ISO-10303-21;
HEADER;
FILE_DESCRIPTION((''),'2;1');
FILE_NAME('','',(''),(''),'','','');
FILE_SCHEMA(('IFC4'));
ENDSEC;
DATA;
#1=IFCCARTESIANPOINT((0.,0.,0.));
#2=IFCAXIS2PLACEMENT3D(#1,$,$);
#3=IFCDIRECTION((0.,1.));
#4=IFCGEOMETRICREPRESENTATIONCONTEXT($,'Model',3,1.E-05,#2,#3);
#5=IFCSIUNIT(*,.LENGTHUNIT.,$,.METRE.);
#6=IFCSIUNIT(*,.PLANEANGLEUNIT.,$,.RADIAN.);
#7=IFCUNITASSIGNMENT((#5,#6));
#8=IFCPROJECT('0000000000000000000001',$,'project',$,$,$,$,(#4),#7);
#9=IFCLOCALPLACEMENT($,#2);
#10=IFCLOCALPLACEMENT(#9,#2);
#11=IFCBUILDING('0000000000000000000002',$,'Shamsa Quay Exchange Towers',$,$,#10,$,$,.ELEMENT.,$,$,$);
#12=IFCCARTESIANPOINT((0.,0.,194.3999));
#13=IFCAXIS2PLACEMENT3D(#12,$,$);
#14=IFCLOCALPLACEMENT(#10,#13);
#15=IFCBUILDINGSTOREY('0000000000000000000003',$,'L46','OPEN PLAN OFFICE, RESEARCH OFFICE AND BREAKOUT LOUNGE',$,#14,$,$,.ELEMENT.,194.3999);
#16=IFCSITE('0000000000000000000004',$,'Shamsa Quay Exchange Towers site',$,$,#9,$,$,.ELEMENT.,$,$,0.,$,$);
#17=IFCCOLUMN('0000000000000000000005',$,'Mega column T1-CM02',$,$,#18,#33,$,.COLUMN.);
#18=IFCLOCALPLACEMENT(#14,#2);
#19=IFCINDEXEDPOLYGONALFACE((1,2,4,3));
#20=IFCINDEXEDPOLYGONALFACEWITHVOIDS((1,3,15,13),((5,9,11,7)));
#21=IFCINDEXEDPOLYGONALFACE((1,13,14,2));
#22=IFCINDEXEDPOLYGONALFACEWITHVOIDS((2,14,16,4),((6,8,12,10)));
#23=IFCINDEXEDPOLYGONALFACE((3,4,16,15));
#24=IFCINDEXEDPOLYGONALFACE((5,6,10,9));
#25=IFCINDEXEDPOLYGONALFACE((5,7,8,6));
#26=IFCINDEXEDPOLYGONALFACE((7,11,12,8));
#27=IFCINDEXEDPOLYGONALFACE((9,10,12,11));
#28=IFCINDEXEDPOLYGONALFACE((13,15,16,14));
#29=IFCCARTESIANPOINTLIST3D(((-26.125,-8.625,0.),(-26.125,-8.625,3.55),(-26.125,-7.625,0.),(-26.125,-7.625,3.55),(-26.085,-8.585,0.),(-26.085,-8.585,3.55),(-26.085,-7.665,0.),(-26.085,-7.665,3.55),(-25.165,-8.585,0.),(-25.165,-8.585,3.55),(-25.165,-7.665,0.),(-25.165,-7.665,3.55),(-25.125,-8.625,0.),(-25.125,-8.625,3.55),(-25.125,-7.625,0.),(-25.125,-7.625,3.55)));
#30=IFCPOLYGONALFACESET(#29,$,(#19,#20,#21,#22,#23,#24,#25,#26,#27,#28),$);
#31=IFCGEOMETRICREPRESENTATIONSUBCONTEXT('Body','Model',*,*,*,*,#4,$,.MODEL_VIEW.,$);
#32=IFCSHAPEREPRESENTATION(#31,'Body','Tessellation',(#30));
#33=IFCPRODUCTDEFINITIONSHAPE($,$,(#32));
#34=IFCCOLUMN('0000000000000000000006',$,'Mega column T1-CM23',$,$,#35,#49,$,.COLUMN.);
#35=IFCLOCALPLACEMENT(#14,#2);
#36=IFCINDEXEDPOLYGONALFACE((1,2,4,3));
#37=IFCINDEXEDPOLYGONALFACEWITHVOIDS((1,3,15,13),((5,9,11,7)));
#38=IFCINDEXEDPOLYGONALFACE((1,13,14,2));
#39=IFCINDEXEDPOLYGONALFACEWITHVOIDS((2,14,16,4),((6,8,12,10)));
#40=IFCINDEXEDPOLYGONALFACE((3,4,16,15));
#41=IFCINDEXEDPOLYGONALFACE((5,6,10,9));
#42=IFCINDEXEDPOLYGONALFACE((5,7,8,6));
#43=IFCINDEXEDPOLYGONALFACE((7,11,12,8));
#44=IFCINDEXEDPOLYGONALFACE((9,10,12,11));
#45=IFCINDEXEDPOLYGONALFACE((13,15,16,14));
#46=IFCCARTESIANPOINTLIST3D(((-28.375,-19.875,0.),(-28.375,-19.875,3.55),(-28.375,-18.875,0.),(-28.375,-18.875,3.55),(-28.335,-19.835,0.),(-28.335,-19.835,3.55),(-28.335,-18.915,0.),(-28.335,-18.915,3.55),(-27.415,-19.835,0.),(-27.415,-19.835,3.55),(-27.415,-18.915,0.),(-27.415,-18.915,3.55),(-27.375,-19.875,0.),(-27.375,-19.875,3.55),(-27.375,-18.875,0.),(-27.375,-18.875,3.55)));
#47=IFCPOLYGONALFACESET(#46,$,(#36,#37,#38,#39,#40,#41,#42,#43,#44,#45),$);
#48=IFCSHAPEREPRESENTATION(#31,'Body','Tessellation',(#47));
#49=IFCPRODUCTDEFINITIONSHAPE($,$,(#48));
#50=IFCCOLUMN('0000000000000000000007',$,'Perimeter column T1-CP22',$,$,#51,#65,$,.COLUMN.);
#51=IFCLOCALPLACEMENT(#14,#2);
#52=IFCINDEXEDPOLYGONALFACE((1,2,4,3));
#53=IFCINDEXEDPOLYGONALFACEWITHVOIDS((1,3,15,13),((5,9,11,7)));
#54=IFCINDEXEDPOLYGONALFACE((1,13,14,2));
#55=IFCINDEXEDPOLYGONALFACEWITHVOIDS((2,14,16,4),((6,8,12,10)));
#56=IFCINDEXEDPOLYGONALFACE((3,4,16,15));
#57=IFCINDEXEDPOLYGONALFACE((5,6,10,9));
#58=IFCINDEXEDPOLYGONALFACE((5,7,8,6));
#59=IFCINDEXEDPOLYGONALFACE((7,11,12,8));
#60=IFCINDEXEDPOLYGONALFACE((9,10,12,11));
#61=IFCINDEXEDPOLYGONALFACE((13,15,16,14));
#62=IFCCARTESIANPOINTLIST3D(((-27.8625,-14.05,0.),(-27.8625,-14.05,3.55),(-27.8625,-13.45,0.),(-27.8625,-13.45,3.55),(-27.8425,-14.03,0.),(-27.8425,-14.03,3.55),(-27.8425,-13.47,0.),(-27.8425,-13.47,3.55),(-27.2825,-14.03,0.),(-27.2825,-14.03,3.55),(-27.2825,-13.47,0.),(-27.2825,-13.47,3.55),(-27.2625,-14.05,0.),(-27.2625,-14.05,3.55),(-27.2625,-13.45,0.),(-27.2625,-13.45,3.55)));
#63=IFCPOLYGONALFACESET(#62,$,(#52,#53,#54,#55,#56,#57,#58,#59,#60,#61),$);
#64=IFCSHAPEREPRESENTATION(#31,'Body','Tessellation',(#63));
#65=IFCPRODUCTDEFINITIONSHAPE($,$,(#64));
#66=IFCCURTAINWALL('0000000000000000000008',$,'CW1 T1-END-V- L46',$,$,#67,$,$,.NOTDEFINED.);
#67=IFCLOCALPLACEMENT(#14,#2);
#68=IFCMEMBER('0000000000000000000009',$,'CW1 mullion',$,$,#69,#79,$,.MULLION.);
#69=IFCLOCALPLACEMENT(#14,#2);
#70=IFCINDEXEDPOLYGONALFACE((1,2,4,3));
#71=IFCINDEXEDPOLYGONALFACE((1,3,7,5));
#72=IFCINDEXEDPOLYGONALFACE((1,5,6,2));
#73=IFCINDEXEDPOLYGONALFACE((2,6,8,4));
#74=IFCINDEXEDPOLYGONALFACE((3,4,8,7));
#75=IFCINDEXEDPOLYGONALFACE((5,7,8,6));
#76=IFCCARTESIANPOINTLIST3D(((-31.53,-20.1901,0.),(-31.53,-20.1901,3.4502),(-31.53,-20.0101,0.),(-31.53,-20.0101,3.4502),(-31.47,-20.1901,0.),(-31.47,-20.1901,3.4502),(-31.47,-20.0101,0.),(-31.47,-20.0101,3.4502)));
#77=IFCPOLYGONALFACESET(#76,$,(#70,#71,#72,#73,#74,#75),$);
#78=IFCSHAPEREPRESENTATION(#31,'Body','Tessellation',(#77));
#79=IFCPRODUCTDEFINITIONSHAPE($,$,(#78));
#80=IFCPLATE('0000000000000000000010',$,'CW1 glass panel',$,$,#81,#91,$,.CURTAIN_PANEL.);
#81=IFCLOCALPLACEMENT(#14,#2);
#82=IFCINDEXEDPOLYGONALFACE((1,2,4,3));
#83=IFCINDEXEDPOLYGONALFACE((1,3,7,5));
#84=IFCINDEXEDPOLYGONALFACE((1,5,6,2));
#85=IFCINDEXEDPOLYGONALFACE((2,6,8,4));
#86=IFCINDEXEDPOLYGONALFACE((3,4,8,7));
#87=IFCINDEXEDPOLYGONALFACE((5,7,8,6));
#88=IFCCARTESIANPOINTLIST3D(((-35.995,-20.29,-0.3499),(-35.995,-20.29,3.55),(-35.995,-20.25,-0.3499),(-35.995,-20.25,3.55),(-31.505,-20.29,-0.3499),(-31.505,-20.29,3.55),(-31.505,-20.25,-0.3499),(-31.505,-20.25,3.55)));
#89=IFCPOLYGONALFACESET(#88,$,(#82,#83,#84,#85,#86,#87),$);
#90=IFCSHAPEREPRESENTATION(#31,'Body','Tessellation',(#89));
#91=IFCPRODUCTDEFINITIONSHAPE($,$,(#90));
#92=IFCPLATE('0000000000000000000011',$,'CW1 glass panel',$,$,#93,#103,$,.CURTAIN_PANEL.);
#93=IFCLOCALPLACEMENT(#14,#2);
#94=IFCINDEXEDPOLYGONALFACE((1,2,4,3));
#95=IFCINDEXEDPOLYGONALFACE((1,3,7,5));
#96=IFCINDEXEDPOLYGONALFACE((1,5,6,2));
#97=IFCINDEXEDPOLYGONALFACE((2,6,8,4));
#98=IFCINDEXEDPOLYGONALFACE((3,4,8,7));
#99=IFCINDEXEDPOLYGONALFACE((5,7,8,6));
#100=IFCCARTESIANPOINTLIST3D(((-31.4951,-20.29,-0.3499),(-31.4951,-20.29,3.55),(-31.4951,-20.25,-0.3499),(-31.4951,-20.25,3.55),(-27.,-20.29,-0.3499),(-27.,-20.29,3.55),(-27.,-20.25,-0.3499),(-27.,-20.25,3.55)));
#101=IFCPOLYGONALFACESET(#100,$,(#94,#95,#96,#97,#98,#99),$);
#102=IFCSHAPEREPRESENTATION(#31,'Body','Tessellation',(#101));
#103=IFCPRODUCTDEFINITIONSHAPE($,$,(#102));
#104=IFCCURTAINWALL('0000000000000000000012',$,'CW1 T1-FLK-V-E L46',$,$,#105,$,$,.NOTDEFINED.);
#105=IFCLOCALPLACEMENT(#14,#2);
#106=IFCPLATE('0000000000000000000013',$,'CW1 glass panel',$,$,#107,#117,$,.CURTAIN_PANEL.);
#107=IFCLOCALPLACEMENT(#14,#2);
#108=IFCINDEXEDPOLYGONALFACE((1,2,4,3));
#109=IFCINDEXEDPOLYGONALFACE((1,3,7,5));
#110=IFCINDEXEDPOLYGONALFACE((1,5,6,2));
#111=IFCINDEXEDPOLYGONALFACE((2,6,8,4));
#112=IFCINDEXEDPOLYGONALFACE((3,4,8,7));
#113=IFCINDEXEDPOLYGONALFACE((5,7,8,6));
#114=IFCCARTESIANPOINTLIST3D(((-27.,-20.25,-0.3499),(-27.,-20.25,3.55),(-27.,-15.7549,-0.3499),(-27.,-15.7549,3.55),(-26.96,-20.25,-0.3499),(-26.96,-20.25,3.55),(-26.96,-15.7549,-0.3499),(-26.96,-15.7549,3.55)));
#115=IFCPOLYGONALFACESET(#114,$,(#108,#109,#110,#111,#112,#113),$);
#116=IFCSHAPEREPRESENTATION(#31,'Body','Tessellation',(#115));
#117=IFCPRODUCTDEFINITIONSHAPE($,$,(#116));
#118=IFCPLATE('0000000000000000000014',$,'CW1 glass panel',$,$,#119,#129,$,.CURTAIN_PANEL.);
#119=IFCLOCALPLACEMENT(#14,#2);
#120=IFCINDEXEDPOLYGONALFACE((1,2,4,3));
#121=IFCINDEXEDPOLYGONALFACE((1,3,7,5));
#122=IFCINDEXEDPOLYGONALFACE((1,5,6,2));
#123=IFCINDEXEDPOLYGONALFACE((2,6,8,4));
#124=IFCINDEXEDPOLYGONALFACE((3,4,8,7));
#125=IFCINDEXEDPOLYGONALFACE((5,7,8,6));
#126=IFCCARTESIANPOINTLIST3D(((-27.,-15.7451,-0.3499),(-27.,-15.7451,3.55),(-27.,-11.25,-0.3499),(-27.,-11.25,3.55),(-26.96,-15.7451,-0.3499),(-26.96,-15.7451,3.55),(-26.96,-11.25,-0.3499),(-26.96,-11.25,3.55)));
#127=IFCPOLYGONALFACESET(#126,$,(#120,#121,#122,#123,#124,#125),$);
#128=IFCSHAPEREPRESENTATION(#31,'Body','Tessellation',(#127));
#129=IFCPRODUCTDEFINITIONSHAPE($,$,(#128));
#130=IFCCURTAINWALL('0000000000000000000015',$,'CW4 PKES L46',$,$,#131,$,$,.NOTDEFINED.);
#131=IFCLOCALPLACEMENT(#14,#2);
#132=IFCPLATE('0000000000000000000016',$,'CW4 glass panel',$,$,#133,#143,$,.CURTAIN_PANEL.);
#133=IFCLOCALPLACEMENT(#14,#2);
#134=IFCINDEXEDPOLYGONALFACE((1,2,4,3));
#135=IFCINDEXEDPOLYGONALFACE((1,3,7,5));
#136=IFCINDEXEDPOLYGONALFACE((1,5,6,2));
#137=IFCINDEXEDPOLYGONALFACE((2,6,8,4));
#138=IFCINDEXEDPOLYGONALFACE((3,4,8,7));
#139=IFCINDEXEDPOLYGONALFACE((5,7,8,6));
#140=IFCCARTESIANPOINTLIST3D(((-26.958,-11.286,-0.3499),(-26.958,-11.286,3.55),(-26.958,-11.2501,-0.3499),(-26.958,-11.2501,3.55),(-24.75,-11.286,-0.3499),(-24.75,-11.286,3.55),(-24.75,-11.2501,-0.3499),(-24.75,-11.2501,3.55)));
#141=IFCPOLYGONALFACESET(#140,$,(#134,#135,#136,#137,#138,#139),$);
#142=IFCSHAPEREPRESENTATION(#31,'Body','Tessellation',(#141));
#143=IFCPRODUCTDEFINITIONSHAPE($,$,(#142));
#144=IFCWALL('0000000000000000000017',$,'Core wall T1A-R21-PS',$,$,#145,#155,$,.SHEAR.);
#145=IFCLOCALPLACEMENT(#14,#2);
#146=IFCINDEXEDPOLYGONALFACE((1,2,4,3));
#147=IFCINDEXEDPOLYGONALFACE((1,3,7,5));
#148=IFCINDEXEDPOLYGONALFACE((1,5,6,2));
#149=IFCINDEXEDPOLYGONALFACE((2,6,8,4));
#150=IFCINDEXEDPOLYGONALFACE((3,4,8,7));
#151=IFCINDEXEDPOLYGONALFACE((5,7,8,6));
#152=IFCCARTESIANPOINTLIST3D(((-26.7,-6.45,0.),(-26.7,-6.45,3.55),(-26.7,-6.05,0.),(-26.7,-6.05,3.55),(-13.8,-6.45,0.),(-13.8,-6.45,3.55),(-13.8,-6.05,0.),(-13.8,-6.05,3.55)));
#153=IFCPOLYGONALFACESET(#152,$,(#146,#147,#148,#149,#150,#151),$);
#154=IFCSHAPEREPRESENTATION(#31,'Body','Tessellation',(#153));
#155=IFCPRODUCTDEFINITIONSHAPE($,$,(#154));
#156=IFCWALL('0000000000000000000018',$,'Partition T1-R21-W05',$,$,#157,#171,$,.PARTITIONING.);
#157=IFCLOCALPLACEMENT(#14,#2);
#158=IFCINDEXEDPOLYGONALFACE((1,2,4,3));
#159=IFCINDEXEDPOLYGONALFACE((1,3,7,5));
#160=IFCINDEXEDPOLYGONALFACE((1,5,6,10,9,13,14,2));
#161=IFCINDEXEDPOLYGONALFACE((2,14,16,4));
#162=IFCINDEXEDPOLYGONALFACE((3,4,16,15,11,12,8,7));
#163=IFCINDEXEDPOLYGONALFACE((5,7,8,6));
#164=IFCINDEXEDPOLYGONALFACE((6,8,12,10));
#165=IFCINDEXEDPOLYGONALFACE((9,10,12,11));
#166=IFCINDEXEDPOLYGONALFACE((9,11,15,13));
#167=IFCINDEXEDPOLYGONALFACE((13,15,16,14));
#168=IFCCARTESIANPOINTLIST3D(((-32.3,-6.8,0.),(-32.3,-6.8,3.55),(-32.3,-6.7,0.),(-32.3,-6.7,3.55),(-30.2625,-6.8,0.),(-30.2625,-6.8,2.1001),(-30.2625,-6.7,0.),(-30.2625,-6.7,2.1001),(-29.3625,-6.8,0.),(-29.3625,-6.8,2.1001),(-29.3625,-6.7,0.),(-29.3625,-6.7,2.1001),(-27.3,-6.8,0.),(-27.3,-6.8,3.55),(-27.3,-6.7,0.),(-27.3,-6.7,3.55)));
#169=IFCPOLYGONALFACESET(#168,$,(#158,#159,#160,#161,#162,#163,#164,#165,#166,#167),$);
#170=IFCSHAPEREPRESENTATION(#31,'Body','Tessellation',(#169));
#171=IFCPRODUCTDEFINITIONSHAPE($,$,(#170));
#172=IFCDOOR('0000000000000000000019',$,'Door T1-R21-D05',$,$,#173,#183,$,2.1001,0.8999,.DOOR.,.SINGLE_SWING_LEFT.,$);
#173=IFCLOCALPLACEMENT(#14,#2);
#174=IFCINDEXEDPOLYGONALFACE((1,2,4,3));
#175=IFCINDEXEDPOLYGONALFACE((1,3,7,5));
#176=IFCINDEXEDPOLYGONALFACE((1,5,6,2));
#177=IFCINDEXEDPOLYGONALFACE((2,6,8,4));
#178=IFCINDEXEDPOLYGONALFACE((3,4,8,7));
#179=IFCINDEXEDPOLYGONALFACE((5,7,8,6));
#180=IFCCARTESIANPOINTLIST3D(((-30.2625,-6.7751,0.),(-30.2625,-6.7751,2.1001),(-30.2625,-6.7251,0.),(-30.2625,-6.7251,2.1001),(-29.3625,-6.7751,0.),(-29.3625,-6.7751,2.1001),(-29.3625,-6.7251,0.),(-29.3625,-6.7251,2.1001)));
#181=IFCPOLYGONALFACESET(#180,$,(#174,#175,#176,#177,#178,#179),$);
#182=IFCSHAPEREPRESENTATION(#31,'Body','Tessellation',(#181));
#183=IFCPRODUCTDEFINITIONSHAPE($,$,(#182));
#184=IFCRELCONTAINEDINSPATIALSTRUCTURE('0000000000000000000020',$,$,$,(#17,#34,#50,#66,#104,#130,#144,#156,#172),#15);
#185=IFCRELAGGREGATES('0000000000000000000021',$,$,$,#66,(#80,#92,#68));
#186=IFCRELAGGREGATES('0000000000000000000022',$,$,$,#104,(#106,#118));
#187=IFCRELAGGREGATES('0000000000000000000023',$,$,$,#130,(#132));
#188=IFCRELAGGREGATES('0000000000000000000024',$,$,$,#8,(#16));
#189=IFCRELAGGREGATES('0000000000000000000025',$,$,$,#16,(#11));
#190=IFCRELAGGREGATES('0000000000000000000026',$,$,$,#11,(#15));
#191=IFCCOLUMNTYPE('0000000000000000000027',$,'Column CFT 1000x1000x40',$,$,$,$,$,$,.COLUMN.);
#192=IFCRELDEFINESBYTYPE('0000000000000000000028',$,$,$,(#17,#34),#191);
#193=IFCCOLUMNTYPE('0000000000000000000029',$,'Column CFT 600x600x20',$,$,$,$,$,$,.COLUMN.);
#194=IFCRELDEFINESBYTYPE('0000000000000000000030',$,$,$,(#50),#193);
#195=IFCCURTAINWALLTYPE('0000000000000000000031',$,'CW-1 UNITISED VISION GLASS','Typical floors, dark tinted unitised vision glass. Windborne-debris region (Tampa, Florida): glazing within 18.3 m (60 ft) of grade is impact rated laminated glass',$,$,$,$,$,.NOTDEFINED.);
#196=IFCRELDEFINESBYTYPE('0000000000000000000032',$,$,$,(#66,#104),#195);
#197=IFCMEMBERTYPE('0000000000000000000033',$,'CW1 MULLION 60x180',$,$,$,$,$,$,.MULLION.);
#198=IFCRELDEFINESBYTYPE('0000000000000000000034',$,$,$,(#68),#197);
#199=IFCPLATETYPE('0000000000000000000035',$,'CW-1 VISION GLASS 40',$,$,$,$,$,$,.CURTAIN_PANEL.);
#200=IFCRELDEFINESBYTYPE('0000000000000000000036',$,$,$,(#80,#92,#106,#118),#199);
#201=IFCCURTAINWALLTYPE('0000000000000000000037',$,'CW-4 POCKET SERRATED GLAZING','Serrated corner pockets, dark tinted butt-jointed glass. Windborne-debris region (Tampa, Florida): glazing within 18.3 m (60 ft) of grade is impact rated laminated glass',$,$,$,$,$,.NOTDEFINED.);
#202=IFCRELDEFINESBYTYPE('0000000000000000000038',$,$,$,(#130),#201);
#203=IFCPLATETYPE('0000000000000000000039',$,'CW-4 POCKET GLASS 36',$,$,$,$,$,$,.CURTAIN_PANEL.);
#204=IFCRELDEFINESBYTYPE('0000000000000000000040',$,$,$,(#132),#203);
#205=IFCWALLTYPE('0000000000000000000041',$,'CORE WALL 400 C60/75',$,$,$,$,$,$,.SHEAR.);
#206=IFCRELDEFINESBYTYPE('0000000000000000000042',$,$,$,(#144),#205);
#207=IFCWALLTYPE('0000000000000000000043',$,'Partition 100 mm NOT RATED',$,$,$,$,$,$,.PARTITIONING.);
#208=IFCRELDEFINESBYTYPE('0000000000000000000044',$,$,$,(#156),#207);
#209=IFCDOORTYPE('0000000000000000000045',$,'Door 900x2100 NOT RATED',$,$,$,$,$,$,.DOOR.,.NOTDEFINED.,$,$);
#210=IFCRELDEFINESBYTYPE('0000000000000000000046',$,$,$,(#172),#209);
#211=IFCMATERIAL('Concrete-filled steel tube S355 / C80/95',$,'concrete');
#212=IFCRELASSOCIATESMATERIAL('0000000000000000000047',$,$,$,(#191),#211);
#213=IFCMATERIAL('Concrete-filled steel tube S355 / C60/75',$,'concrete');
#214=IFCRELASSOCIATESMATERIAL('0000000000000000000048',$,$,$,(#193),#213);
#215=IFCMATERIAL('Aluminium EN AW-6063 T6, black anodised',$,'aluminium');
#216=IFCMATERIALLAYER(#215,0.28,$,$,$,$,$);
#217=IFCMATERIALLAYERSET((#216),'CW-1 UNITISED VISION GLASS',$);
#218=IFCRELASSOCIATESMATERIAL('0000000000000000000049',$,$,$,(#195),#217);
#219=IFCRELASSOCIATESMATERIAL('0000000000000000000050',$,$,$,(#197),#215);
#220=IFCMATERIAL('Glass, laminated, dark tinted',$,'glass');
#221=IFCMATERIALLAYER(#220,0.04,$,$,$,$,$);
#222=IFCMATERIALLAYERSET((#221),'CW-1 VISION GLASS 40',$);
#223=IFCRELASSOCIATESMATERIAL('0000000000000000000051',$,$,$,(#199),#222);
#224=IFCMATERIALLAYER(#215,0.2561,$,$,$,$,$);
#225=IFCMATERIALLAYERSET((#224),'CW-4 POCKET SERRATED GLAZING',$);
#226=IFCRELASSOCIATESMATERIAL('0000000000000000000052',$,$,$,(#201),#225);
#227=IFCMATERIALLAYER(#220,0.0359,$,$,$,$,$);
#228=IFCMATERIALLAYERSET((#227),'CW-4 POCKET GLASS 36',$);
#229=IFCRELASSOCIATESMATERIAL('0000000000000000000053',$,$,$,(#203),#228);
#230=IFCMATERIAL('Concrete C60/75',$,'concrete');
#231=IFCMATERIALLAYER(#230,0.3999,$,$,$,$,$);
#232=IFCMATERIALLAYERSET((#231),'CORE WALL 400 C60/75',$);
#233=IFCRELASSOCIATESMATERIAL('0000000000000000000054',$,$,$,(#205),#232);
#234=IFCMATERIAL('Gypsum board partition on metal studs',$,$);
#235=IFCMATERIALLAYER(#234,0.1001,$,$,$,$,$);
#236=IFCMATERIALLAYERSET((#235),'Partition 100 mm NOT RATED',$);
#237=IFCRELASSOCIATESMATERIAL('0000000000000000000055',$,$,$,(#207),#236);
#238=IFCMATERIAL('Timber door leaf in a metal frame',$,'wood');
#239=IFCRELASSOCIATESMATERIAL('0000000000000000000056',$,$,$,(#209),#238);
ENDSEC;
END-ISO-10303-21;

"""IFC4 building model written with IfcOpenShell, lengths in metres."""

from ifc_helpers import new_model, si_unit, direction, frame, frame_2d, origin, origin_2d, place, context, subcontext, project, spatial, rectangle, hollow_rectangle, extrude, material, layer, layer_set, material_profile, profile_set, type_object, element, fill, aggregate, save


model = new_model("IFC4")

# Units and contexts
model_context = context("Model", 3, precision=1e-05, world=origin(), true_north=direction((0.0, 1.0)))
body_context = subcontext(model_context, "Body", "Model", "MODEL_VIEW")
ifc_project = project(units=[si_unit("LENGTHUNIT", "METRE"), si_unit("PLANEANGLEUNIT", "RADIAN")], contexts=[model_context])

# Site, building, storey
site_placement = place(None, origin())
site = spatial("IfcSite", under=ifc_project, at=site_placement, Name="Shamsa Quay Exchange Towers site", CompositionType="ELEMENT", RefElevation=0.0)
building_placement = place(site_placement, origin())
building = spatial("IfcBuilding", under=site, at=building_placement, Name="Shamsa Quay Exchange Towers", CompositionType="ELEMENT")
storey_placement = place(building_placement, frame((0.0, 0.0, 194.3999)))
storey = spatial("IfcBuildingStorey", under=building, at=storey_placement, Name="L46", Description="OPEN PLAN OFFICE, RESEARCH OFFICE AND BREAKOUT LOUNGE", CompositionType="ELEMENT", Elevation=194.3999)

# Columns
ifc_material_1 = material(Name="Concrete-filled steel tube S355 / C80/95", Category="concrete")
ifc_material_profile_1 = material_profile(ifc_material_1, hollow_rectangle(XDim=1.0, YDim=1.0, WallThickness=0.04, at=origin_2d()), Name="CFT 1000x1000x40")
ifc_profile_set_1 = profile_set([ifc_material_profile_1], Name="Concrete-filled steel tube S355 / C80/95")
column_type_1 = type_object("IfcColumnType", Name="Column CFT 1000x1000x40", PredefinedType="COLUMN", material=ifc_profile_set_1)
for number, where, name in (
    (1, (-25.625, -8.125, 0.0), "Mega column T1-CM02"),
    (2, (-27.875, -19.375, 0.0), "Mega column T1-CM23"),
):
    element("IfcColumn", number, at=place(storey_placement, frame(where)), inside=storey, type_object=column_type_1, Name=name, PredefinedType="COLUMN", context=body_context, shape_type="SweptSolid", body=[
        extrude(hollow_rectangle(XDim=1.0, YDim=1.0, WallThickness=0.04, at=origin_2d()), origin(), (0.0, 0.0, 1.0), 3.55),
    ])
ifc_material_2 = material(Name="Concrete-filled steel tube S355 / C60/75", Category="concrete")
ifc_material_profile_2 = material_profile(ifc_material_2, hollow_rectangle(XDim=0.6001, YDim=0.6001, WallThickness=0.02, at=origin_2d()), Name="CFT 600x600x20")
ifc_profile_set_2 = profile_set([ifc_material_profile_2], Name="Concrete-filled steel tube S355 / C60/75")
column_type_2 = type_object("IfcColumnType", Name="Column CFT 600x600x20", PredefinedType="COLUMN", material=ifc_profile_set_2)
column_placement = place(storey_placement, frame((-27.5625, -13.75, 0.0)))
element("IfcColumn", 3, at=column_placement, inside=storey, type_object=column_type_2, Name="Perimeter column T1-CP22", PredefinedType="COLUMN", context=body_context, shape_type="SweptSolid", body=[
    extrude(hollow_rectangle(XDim=0.6001, YDim=0.6001, WallThickness=0.02, at=origin_2d()), origin(), (0.0, 0.0, 1.0), 3.55),
])

# Curtain wall, member, plates
ifc_material_3 = material(Name="Aluminium EN AW-6063 T6, black anodised", Category="aluminium")
ifc_layer_1 = layer(ifc_material_3, 0.28)
ifc_layer_set_1 = layer_set([ifc_layer_1], Name="CW-1 UNITISED VISION GLASS")
curtain_wall_type_1 = type_object("IfcCurtainWallType", Name="CW-1 UNITISED VISION GLASS", Description="Typical floors, dark tinted unitised vision glass. Windborne-debris region (Tampa, Florida): glazing within 18.3 m (60 ft) of grade is impact rated laminated glass", PredefinedType="NOTDEFINED", material=ifc_layer_set_1)
curtain_wall_1_placement = place(storey_placement, origin())
curtain_wall_1 = element("IfcCurtainWall", 4, at=curtain_wall_1_placement, inside=storey, type_object=curtain_wall_type_1, Name="CW1 T1-END-V- L46", PredefinedType="NOTDEFINED")
ifc_material_profile_3 = material_profile(ifc_material_3, rectangle(XDim=0.1799, YDim=0.0601, at=origin_2d()), Name="MU60x180")
ifc_profile_set_3 = profile_set([ifc_material_profile_3], Name="Aluminium EN AW-6063 T6, black anodised")
member_type = type_object("IfcMemberType", Name="CW1 MULLION 60x180", PredefinedType="MULLION", material=ifc_profile_set_3)
member_placement = place(storey_placement, frame((-31.5, -20.1001, 0.0), z_axis=(0.0, 0.0, 1.0), x_axis=(0.0, 1.0, 0.0)))
member = element("IfcMember", 5, at=member_placement, type_object=member_type, Name="CW1 mullion", PredefinedType="MULLION", context=body_context, shape_type="SweptSolid", body=[
    extrude(rectangle(XDim=0.1799, YDim=0.0601, at=origin_2d()), origin(), (0.0, 0.0, 1.0), 3.4502),
])
ifc_material_4 = material(Name="Glass, laminated, dark tinted", Category="glass")
ifc_layer_2 = layer(ifc_material_4, 0.04)
ifc_layer_set_2 = layer_set([ifc_layer_2], Name="CW-1 VISION GLASS 40")
plate_type_1 = type_object("IfcPlateType", Name="CW-1 VISION GLASS 40", PredefinedType="CURTAIN_PANEL", material=ifc_layer_set_2)
plate_1_placement = place(storey_placement, frame((-33.75, -20.27, -0.3499)))
plate_1 = element("IfcPlate", 6, at=plate_1_placement, type_object=plate_type_1, Name="CW1 glass panel", PredefinedType="CURTAIN_PANEL", context=body_context, shape_type="SweptSolid", body=[
    extrude(rectangle(XDim=4.49, YDim=0.04, at=origin_2d()), origin(), (0.0, 0.0, 1.0), 3.8999),
])
plate_2_placement = place(storey_placement, frame((-29.2476, -20.27, -0.3499)))
plate_2 = element("IfcPlate", 7, at=plate_2_placement, type_object=plate_type_1, Name="CW1 glass panel", PredefinedType="CURTAIN_PANEL", context=body_context, shape_type="SweptSolid", body=[
    extrude(rectangle(XDim=4.4951, YDim=0.04, at=origin_2d()), origin(), (0.0, 0.0, 1.0), 3.8999),
])
aggregate(curtain_wall_1, [plate_1, plate_2, member])

# Curtain wall, plates
curtain_wall_2_placement = place(storey_placement, origin())
curtain_wall_2 = element("IfcCurtainWall", 8, at=curtain_wall_2_placement, inside=storey, type_object=curtain_wall_type_1, Name="CW1 T1-FLK-V-E L46", PredefinedType="NOTDEFINED")
plate_3_placement = place(storey_placement, frame((-26.98, -18.0024, -0.3499), z_axis=(0.0, 0.0, 1.0), x_axis=(0.0, 1.0, 0.0)))
plate_3 = element("IfcPlate", 9, at=plate_3_placement, type_object=plate_type_1, Name="CW1 glass panel", PredefinedType="CURTAIN_PANEL", context=body_context, shape_type="SweptSolid", body=[
    extrude(rectangle(XDim=4.4951, YDim=0.04, at=origin_2d()), origin(), (0.0, 0.0, 1.0), 3.8999),
])
plate_4_placement = place(storey_placement, frame((-26.98, -13.4976, -0.3499), z_axis=(0.0, 0.0, 1.0), x_axis=(0.0, 1.0, 0.0)))
plate_4 = element("IfcPlate", 10, at=plate_4_placement, type_object=plate_type_1, Name="CW1 glass panel", PredefinedType="CURTAIN_PANEL", context=body_context, shape_type="SweptSolid", body=[
    extrude(rectangle(XDim=4.4951, YDim=0.04, at=origin_2d()), origin(), (0.0, 0.0, 1.0), 3.8999),
])
aggregate(curtain_wall_2, [plate_3, plate_4])

# Curtain wall, plate
ifc_layer_3 = layer(ifc_material_3, 0.2561)
ifc_layer_set_3 = layer_set([ifc_layer_3], Name="CW-4 POCKET SERRATED GLAZING")
curtain_wall_type_2 = type_object("IfcCurtainWallType", Name="CW-4 POCKET SERRATED GLAZING", Description="Serrated corner pockets, dark tinted butt-jointed glass. Windborne-debris region (Tampa, Florida): glazing within 18.3 m (60 ft) of grade is impact rated laminated glass", PredefinedType="NOTDEFINED", material=ifc_layer_set_3)
curtain_wall_3_placement = place(storey_placement, origin())
curtain_wall_3 = element("IfcCurtainWall", 11, at=curtain_wall_3_placement, inside=storey, type_object=curtain_wall_type_2, Name="CW4 PKES L46", PredefinedType="NOTDEFINED")
ifc_layer_4 = layer(ifc_material_4, 0.0359)
ifc_layer_set_4 = layer_set([ifc_layer_4], Name="CW-4 POCKET GLASS 36")
plate_type_2 = type_object("IfcPlateType", Name="CW-4 POCKET GLASS 36", PredefinedType="CURTAIN_PANEL", material=ifc_layer_set_4)
plate_5_placement = place(storey_placement, frame((-25.854, -11.2681, -0.3499)))
plate_5 = element("IfcPlate", 12, at=plate_5_placement, type_object=plate_type_2, Name="CW4 glass panel", PredefinedType="CURTAIN_PANEL", context=body_context, shape_type="SweptSolid", body=[
    extrude(rectangle(XDim=2.208, YDim=0.0359, at=origin_2d()), origin(), (0.0, 0.0, 1.0), 3.8999),
])
aggregate(curtain_wall_3, [plate_5])

# Wall
ifc_material_5 = material(Name="Concrete C60/75", Category="concrete")
ifc_layer_5 = layer(ifc_material_5, 0.3999)
ifc_layer_set_5 = layer_set([ifc_layer_5], Name="CORE WALL 400 C60/75")
wall_type_1 = type_object("IfcWallType", Name="CORE WALL 400 C60/75", PredefinedType="SHEAR", material=ifc_layer_set_5)
wall_1_placement = place(storey_placement, frame((-26.7, -6.25, 0.0)))
element("IfcWall", 13, at=wall_1_placement, inside=storey, type_object=wall_type_1, Name="Core wall T1A-R21-PS", PredefinedType="SHEAR", context=body_context, shape_type="SweptSolid", body=[
    extrude(rectangle(XDim=12.8999, YDim=0.3999, at=frame_2d((6.45, 0.0))), origin(), (0.0, 0.0, 1.0), 3.55),
])

# Wall, opening, door
ifc_material_6 = material(Name="Gypsum board partition on metal studs")
ifc_layer_6 = layer(ifc_material_6, 0.1001)
ifc_layer_set_6 = layer_set([ifc_layer_6], Name="Partition 100 mm NOT RATED")
wall_type_2 = type_object("IfcWallType", Name="Partition 100 mm NOT RATED", PredefinedType="PARTITIONING", material=ifc_layer_set_6)
wall_2_placement = place(storey_placement, frame((-32.3, -6.75, 0.0)))
wall_2 = element("IfcWall", 14, at=wall_2_placement, inside=storey, type_object=wall_type_2, Name="Partition T1-R21-W05", PredefinedType="PARTITIONING", context=body_context, shape_type="SweptSolid", body=[
    extrude(rectangle(XDim=5.0, YDim=0.1001, at=frame_2d((2.5, 0.0))), origin(), (0.0, 0.0, 1.0), 3.55),
])
opening_1_placement = place(wall_2_placement, frame((2.0376, 0.0, 0.0)))
opening_1 = element("IfcOpeningElement", 15, at=opening_1_placement, cuts=wall_2, PredefinedType="OPENING", context=body_context, shape_type="SweptSolid", body=[
    extrude(rectangle(XDim=0.8999, YDim=2.1001, at=frame_2d((0.45, 1.05))), frame((0.0, 0.0601, 0.0), z_axis=(0.0, -1.0, 0.0), x_axis=(1.0, 0.0, 0.0)), (0.0, 0.0, 1.0), 0.1201),
])
ifc_material_7 = material(Name="Timber door leaf in a metal frame", Category="wood")
door_type_1 = type_object("IfcDoorType", Name="Door 900x2100 NOT RATED", OperationType="NOTDEFINED", PredefinedType="DOOR", material=ifc_material_7)
door_1_placement = place(opening_1_placement, origin())
door_1 = element("IfcDoor", 16, at=door_1_placement, inside=storey, type_object=door_type_1, Name="Door T1-R21-D05", OperationType="SINGLE_SWING_LEFT", OverallHeight=2.1001, OverallWidth=0.8999, PredefinedType="DOOR", context=body_context, shape_type="SweptSolid", body=[
    extrude(rectangle(XDim=0.8999, YDim=2.1001, at=frame_2d((0.45, 1.05))), frame((0.0, 0.0249, 0.0), z_axis=(0.0, -1.0, 0.0), x_axis=(1.0, 0.0, 0.0)), (0.0, 0.0, 1.0), 0.05),
])
fill(opening_1, door_1)

save(model, "model.ifc")
